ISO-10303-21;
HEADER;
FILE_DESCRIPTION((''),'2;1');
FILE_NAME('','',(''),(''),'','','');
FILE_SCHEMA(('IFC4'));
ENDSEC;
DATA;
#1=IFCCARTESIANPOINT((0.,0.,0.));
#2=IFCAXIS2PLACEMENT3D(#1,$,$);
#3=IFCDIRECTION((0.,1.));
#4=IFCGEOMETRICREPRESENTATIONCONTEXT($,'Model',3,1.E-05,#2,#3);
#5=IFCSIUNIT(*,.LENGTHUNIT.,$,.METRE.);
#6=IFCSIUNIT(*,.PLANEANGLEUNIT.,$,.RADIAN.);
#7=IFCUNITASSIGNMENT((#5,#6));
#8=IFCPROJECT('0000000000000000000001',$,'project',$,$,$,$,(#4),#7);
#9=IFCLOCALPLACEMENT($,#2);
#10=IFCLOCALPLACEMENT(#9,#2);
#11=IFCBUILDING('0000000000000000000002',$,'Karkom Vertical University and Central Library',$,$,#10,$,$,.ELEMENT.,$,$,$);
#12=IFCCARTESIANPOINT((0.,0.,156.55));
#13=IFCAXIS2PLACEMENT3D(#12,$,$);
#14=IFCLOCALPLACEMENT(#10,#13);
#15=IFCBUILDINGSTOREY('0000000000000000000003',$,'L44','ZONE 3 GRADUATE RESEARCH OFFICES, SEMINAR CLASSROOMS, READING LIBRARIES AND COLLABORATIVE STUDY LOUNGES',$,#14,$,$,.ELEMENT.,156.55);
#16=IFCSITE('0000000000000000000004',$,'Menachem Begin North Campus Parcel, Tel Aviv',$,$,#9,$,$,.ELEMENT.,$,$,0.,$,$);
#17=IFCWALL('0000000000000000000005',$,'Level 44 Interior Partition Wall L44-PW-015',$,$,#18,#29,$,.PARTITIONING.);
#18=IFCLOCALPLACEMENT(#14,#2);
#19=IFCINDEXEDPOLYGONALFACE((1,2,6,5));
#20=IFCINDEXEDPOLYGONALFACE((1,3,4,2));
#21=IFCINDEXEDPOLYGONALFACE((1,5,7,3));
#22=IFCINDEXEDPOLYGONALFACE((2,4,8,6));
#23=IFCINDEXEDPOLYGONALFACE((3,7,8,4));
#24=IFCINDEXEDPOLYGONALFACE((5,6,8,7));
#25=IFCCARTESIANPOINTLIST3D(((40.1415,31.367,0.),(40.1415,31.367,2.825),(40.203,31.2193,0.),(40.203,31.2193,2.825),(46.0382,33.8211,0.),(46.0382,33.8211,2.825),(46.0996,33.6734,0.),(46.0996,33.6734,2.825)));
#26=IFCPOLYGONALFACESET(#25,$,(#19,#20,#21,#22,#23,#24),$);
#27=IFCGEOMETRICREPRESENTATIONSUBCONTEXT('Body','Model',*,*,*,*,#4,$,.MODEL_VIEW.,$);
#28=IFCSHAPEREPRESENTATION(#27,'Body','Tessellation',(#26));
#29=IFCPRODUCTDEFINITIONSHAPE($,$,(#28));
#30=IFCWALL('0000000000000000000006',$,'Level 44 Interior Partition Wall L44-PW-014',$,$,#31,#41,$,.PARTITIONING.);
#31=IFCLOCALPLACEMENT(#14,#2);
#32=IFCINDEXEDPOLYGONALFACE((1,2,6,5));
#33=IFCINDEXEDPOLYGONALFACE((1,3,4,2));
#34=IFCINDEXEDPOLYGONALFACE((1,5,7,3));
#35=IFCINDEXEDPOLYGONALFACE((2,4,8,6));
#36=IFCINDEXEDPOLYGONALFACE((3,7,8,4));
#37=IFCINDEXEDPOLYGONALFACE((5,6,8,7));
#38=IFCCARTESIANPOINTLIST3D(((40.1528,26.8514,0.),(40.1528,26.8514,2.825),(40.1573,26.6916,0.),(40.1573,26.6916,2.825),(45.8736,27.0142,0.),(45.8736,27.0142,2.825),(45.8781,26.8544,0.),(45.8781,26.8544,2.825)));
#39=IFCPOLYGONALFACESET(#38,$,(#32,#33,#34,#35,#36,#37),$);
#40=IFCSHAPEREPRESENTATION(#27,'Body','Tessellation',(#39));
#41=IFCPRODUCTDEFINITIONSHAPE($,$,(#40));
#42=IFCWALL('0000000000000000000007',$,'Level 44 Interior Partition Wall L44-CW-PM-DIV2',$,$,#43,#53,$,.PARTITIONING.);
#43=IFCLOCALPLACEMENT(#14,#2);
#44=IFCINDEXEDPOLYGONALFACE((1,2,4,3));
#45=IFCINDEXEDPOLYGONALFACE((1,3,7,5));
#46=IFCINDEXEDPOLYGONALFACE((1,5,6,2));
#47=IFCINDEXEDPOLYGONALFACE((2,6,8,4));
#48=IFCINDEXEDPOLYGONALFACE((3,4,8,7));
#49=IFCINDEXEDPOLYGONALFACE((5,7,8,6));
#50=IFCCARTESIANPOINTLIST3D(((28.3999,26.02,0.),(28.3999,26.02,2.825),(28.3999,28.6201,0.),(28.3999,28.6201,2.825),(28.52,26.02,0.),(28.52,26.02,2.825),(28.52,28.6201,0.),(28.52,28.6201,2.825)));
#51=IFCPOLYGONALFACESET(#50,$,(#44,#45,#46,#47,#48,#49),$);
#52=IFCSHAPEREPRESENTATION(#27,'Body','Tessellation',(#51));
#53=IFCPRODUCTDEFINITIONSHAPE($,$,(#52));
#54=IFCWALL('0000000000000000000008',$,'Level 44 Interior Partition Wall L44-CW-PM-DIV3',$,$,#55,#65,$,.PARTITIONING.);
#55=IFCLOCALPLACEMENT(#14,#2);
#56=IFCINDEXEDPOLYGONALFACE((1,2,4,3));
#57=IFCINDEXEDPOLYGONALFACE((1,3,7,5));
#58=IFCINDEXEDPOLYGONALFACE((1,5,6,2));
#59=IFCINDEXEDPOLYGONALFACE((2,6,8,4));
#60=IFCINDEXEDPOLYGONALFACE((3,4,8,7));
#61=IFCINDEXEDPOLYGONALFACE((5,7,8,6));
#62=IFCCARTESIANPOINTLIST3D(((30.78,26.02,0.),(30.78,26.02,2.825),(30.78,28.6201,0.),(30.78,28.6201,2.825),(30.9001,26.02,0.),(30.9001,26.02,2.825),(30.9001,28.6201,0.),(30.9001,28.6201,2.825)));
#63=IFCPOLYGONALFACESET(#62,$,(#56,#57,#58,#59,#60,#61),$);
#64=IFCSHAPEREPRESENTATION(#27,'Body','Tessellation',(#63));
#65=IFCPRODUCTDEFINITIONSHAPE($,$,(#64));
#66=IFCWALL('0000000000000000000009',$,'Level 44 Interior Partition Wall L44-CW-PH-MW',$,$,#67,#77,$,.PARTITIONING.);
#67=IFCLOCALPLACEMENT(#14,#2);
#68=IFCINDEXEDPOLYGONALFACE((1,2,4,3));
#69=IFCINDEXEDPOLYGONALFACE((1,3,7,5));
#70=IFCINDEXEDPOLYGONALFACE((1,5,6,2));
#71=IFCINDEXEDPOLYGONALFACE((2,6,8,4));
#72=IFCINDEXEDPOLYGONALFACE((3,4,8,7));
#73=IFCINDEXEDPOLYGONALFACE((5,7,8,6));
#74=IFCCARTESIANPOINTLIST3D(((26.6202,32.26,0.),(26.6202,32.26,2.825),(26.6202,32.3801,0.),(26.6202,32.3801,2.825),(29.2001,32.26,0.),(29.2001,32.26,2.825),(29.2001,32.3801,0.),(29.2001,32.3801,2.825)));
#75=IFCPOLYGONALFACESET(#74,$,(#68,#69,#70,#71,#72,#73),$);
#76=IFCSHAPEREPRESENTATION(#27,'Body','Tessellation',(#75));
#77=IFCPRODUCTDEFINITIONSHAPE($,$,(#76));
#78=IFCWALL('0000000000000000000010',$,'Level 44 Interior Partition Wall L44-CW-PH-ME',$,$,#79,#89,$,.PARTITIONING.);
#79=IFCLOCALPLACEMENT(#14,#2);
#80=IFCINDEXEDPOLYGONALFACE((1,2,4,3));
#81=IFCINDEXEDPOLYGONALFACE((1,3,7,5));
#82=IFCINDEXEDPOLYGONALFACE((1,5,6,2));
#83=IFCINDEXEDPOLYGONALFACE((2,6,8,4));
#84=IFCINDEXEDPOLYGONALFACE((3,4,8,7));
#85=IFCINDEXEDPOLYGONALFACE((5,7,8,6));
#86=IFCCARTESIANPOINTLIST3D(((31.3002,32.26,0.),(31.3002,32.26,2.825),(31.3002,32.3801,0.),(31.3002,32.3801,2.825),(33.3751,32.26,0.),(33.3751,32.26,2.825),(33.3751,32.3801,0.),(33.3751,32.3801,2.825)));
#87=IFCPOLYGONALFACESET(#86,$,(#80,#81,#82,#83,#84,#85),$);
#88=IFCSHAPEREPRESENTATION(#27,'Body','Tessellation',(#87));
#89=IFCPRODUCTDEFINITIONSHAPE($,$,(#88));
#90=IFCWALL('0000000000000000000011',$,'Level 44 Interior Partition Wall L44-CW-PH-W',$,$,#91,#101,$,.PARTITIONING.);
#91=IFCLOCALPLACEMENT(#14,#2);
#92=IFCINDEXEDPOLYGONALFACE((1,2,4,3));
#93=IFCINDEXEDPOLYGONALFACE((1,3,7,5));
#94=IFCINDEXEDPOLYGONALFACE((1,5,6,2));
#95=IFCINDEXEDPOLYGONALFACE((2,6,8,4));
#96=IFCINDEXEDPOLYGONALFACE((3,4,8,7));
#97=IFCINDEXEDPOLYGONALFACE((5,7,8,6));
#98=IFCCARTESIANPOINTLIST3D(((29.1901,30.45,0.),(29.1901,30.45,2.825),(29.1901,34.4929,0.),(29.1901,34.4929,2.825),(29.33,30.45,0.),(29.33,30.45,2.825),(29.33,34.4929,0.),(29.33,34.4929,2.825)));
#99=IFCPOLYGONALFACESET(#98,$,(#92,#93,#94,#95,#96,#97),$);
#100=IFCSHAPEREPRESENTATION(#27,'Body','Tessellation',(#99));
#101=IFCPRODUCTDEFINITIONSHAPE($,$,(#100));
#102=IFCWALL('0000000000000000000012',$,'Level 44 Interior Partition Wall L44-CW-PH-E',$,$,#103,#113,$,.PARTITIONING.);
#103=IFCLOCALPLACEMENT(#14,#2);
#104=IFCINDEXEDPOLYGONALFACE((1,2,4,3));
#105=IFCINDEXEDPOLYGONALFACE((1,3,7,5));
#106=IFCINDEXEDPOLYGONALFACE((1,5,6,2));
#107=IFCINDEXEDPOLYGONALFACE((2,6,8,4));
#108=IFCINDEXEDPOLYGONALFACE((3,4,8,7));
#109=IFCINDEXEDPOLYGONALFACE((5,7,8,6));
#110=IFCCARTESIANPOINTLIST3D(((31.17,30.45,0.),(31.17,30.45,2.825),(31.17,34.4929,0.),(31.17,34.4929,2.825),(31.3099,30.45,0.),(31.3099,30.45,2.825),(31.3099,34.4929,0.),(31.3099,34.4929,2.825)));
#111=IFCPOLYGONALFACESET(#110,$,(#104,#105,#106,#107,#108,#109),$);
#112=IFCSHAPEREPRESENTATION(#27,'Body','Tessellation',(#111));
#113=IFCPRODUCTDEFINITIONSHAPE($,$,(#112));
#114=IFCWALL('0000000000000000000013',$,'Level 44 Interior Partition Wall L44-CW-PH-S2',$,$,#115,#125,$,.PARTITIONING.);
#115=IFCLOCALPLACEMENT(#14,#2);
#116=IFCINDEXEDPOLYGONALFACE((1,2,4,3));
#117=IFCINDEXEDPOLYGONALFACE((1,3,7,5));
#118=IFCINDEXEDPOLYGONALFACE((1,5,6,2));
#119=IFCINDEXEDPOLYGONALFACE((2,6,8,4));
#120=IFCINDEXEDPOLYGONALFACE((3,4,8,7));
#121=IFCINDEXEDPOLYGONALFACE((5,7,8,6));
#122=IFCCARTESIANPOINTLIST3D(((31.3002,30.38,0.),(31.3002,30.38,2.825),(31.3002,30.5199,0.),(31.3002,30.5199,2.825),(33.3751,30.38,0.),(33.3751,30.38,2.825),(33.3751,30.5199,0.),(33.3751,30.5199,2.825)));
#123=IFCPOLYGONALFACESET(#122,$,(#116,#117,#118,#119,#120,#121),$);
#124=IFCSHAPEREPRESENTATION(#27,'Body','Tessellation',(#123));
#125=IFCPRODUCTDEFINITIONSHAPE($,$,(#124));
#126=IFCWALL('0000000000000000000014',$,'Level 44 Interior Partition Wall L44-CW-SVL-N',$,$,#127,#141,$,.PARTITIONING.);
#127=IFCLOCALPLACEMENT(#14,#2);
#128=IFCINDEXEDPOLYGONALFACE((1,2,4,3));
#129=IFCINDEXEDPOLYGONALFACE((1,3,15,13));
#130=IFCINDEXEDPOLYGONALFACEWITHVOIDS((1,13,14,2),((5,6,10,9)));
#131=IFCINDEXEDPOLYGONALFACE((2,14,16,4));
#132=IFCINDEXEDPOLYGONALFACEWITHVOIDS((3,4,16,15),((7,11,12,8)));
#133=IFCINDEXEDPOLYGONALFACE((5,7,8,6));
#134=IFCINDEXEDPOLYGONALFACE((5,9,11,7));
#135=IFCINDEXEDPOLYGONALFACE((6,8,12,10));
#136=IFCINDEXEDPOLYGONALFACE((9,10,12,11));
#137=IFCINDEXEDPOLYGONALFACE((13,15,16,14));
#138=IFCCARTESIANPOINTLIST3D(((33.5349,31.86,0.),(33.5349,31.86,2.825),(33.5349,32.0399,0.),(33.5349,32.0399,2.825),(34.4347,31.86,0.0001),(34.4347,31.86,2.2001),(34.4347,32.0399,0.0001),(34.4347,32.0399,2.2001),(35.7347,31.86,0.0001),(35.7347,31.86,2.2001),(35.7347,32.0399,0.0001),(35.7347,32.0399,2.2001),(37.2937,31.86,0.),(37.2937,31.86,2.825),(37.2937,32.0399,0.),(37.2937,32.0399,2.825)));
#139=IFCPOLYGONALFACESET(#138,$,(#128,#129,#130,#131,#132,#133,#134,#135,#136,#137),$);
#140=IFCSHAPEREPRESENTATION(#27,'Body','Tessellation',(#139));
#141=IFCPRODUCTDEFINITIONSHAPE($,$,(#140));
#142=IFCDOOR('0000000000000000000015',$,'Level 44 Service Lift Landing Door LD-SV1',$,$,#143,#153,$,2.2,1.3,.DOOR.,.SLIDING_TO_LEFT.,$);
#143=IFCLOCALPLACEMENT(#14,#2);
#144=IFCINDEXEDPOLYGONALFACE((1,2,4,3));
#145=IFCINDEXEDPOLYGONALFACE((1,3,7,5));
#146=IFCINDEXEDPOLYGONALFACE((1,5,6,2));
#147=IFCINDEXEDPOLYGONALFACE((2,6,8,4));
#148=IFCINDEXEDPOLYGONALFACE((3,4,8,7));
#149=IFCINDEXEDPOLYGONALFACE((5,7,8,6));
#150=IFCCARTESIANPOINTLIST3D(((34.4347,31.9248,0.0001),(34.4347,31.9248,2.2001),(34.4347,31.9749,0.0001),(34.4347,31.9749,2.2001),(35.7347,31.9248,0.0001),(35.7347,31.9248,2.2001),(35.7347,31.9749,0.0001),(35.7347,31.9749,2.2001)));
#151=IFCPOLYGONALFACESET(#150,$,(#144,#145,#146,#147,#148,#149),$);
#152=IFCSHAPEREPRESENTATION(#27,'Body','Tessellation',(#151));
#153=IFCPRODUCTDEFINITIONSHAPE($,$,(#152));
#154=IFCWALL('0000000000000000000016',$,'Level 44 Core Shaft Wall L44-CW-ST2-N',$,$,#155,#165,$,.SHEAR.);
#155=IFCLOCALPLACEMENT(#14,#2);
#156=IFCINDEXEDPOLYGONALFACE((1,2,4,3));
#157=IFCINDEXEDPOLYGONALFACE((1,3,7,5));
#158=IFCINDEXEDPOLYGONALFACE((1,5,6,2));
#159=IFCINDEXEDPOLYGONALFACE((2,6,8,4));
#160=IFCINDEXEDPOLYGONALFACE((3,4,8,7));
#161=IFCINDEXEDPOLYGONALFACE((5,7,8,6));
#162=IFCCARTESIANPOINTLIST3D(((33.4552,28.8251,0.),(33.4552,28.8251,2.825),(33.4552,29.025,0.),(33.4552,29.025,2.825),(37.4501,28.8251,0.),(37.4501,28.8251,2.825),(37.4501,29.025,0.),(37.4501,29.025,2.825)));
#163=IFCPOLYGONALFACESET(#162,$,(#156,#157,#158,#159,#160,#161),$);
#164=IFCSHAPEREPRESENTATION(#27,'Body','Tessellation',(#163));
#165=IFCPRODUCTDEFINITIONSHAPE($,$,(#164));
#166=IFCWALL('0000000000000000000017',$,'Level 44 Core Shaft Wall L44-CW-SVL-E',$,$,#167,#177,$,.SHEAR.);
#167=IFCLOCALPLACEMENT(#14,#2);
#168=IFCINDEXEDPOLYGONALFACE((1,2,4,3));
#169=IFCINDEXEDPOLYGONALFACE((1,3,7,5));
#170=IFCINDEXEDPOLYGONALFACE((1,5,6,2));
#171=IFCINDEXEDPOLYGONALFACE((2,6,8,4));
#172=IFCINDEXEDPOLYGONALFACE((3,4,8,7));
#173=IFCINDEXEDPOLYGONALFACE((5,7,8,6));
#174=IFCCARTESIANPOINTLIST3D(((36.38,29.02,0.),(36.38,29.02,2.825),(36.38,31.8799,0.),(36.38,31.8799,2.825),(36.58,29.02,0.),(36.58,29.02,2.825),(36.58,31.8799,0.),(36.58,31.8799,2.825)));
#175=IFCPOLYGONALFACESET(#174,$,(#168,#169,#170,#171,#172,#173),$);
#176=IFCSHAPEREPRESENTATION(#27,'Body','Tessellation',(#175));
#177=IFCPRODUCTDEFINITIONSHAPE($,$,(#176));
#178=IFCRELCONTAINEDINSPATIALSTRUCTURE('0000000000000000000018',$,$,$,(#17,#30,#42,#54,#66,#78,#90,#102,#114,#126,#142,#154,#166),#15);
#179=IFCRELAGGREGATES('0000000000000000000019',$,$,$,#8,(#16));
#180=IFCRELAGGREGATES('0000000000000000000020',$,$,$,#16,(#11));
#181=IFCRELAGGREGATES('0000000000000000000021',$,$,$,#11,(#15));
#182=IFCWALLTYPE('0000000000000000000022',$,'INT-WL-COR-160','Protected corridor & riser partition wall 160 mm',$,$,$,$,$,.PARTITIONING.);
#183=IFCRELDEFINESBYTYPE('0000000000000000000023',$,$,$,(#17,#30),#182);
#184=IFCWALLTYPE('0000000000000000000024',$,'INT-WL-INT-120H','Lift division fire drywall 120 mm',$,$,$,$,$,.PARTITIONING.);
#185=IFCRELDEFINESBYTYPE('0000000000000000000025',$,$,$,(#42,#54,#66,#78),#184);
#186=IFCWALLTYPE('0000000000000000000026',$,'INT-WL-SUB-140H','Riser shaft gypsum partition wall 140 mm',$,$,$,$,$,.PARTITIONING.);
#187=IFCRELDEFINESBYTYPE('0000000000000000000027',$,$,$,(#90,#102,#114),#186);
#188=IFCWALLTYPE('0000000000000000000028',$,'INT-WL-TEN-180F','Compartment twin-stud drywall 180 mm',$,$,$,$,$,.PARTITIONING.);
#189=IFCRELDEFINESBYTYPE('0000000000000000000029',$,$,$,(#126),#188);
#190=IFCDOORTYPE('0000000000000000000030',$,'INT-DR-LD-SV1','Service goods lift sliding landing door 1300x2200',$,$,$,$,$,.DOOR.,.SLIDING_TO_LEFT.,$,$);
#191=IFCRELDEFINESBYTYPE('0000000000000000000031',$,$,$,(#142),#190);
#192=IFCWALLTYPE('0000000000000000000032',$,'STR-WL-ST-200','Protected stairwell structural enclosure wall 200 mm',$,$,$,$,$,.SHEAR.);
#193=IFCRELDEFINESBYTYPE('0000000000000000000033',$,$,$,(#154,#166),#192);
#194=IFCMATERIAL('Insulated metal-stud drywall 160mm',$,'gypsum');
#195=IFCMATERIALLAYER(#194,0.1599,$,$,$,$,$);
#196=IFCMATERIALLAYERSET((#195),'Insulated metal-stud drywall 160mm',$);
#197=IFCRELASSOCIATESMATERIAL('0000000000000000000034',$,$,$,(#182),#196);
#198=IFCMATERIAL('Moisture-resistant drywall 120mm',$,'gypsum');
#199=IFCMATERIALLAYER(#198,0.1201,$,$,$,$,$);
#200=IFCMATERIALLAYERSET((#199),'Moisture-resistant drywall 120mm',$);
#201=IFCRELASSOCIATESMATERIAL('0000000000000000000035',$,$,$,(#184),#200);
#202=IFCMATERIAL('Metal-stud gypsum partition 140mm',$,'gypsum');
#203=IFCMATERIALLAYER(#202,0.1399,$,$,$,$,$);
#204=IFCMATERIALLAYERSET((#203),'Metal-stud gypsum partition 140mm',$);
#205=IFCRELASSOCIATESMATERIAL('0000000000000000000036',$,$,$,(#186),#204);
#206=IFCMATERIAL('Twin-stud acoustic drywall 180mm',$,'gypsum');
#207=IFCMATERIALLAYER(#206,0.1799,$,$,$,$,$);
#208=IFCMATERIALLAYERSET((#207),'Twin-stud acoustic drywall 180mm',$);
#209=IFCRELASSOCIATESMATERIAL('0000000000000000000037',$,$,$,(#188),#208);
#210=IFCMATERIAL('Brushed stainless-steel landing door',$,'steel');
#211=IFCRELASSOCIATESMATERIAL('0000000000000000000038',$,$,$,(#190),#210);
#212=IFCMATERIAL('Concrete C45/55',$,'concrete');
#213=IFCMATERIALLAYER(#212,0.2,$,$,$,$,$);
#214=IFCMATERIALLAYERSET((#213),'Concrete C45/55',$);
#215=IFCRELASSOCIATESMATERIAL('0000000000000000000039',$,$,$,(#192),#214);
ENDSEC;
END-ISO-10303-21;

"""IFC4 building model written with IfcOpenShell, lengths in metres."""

from ifc_helpers import new_model, si_unit, direction, frame, frame_2d, origin, origin_with_axes, place, context, subcontext, project, spatial, rectangle, extrude, source, transform, mapped, material, layer, layer_set, type_object, element, fill, save


model = new_model("IFC4")

# Units and contexts
model_context = context("Model", 3, precision=1e-05, world=origin(), true_north=direction((0.0, 1.0)))
body_context = subcontext(model_context, "Body", "Model", "MODEL_VIEW")
ifc_project = project(units=[si_unit("LENGTHUNIT", "METRE"), si_unit("PLANEANGLEUNIT", "RADIAN")], contexts=[model_context])

# Site, building, storey
site_placement = place(None, origin())
site = spatial("IfcSite", under=ifc_project, at=site_placement, Name="Menachem Begin North Campus Parcel, Tel Aviv", CompositionType="ELEMENT", RefElevation=0.0)
building_placement = place(site_placement, origin())
building = spatial("IfcBuilding", under=site, at=building_placement, Name="Karkom Vertical University and Central Library", CompositionType="ELEMENT")
storey_placement = place(building_placement, frame((0.0, 0.0, 156.55)))
storey = spatial("IfcBuildingStorey", under=building, at=storey_placement, Name="L44", Description="ZONE 3 GRADUATE RESEARCH OFFICES, SEMINAR CLASSROOMS, READING LIBRARIES AND COLLABORATIVE STUDY LOUNGES", CompositionType="ELEMENT", Elevation=156.55)

# Walls
ifc_material_1 = material(Name="Insulated metal-stud drywall 160mm", Category="gypsum")
ifc_layer_1 = layer(ifc_material_1, 0.1599)
ifc_layer_set_1 = layer_set([ifc_layer_1], Name="Insulated metal-stud drywall 160mm")
wall_type_1 = type_object("IfcWallType", Name="INT-WL-COR-160", Description="Protected corridor & riser partition wall 160 mm", PredefinedType="PARTITIONING", material=ifc_layer_set_1)
wall_1_placement = place(storey_placement, frame((40.1724, 31.2932, 0.0), z_axis=(0.0, 0.0, 1.0), x_axis=(0.923236, 0.384233, 0.0)))
element("IfcWall", 1, at=wall_1_placement, inside=storey, type_object=wall_type_1, Name="Level 44 Interior Partition Wall L44-PW-015", PredefinedType="PARTITIONING", context=body_context, shape_type="SweptSolid", body=[
    extrude(rectangle(XDim=6.387, YDim=0.1599, at=frame_2d((3.1934, 0.0))), origin(), (0.0, 0.0, 1.0), 2.825),
])
wall_2_placement = place(storey_placement, frame((40.155, 26.7715, 0.0), z_axis=(0.0, 0.0, 1.0), x_axis=(0.999595, 0.028453, 0.0)))
element("IfcWall", 2, at=wall_2_placement, inside=storey, type_object=wall_type_1, Name="Level 44 Interior Partition Wall L44-PW-014", PredefinedType="PARTITIONING", context=body_context, shape_type="SweptSolid", body=[
    extrude(rectangle(XDim=5.7231, YDim=0.1599, at=frame_2d((2.8616, 0.0))), origin(), (0.0, 0.0, 1.0), 2.825),
])
ifc_material_2 = material(Name="Moisture-resistant drywall 120mm", Category="gypsum")
ifc_layer_2 = layer(ifc_material_2, 0.1201)
ifc_layer_set_2 = layer_set([ifc_layer_2], Name="Moisture-resistant drywall 120mm")
wall_type_2 = type_object("IfcWallType", Name="INT-WL-INT-120H", Description="Lift division fire drywall 120 mm", PredefinedType="PARTITIONING", material=ifc_layer_set_2)
for number, where, z_axis, x_axis, name in (
    (3, (28.46, 26.02, 0.0), (0.0, 0.0, 1.0), (0.0, 1.0, 0.0), "Level 44 Interior Partition Wall L44-CW-PM-DIV2"),
    (4, (30.8401, 26.02, 0.0), (0.0, 0.0, 1.0), (0.0, 1.0, 0.0), "Level 44 Interior Partition Wall L44-CW-PM-DIV3"),
):
    element("IfcWall", number, at=place(storey_placement, frame(where, z_axis=z_axis, x_axis=x_axis)), inside=storey, type_object=wall_type_2, Name=name, PredefinedType="PARTITIONING", context=body_context, shape_type="SweptSolid", body=[
        extrude(rectangle(XDim=2.6001, YDim=0.1201, at=frame_2d((1.3, 0.0))), origin(), (0.0, 0.0, 1.0), 2.825),
    ])
wall_3_placement = place(storey_placement, frame((26.6201, 32.3201, 0.0), z_axis=(0.0, 0.0, 1.0), x_axis=(1.0, 0.0, 0.0)))
element("IfcWall", 5, at=wall_3_placement, inside=storey, type_object=wall_type_2, Name="Level 44 Interior Partition Wall L44-CW-PH-MW", PredefinedType="PARTITIONING", context=body_context, shape_type="SweptSolid", body=[
    extrude(rectangle(XDim=2.5798, YDim=0.1201, at=frame_2d((1.29, 0.0))), origin(), (0.0, 0.0, 1.0), 2.825),
])
wall_4_placement = place(storey_placement, frame((31.3, 32.3201, 0.0), z_axis=(0.0, 0.0, 1.0), x_axis=(1.0, 0.0, 0.0)))
element("IfcWall", 6, at=wall_4_placement, inside=storey, type_object=wall_type_2, Name="Level 44 Interior Partition Wall L44-CW-PH-ME", PredefinedType="PARTITIONING", context=body_context, shape_type="SweptSolid", body=[
    extrude(rectangle(XDim=2.075, YDim=0.1201, at=frame_2d((1.0376, 0.0))), origin(), (0.0, 0.0, 1.0), 2.825),
])
ifc_material_3 = material(Name="Metal-stud gypsum partition 140mm", Category="gypsum")
ifc_layer_3 = layer(ifc_material_3, 0.1399)
ifc_layer_set_3 = layer_set([ifc_layer_3], Name="Metal-stud gypsum partition 140mm")
wall_type_3 = type_object("IfcWallType", Name="INT-WL-SUB-140H", Description="Riser shaft gypsum partition wall 140 mm", PredefinedType="PARTITIONING", material=ifc_layer_set_3)
for number, where, z_axis, x_axis, name in (
    (7, (29.26, 30.45, 0.0), (0.0, 0.0, 1.0), (0.0, 1.0, 0.0), "Level 44 Interior Partition Wall L44-CW-PH-W"),
    (8, (31.24, 30.45, 0.0), (0.0, 0.0, 1.0), (0.0, 1.0, 0.0), "Level 44 Interior Partition Wall L44-CW-PH-E"),
):
    element("IfcWall", number, at=place(storey_placement, frame(where, z_axis=z_axis, x_axis=x_axis)), inside=storey, type_object=wall_type_3, Name=name, PredefinedType="PARTITIONING", context=body_context, shape_type="SweptSolid", body=[
        extrude(rectangle(XDim=4.043, YDim=0.1399, at=frame_2d((2.0215, 0.0))), origin(), (0.0, 0.0, 1.0), 2.825),
    ])
wall_5_placement = place(storey_placement, frame((31.3, 30.45, 0.0), z_axis=(0.0, 0.0, 1.0), x_axis=(1.0, 0.0, 0.0)))
element("IfcWall", 9, at=wall_5_placement, inside=storey, type_object=wall_type_3, Name="Level 44 Interior Partition Wall L44-CW-PH-S2", PredefinedType="PARTITIONING", context=body_context, shape_type="SweptSolid", body=[
    extrude(rectangle(XDim=2.075, YDim=0.1399, at=frame_2d((1.0376, 0.0))), origin(), (0.0, 0.0, 1.0), 2.825),
])

# Wall, opening, door
ifc_material_4 = material(Name="Twin-stud acoustic drywall 180mm", Category="gypsum")
ifc_layer_4 = layer(ifc_material_4, 0.1799)
ifc_layer_set_4 = layer_set([ifc_layer_4], Name="Twin-stud acoustic drywall 180mm")
wall_type_4 = type_object("IfcWallType", Name="INT-WL-TEN-180F", Description="Compartment twin-stud drywall 180 mm", PredefinedType="PARTITIONING", material=ifc_layer_set_4)
wall_6_placement = place(storey_placement, frame((33.5349, 31.95, 0.0), z_axis=(0.0, 0.0, 1.0), x_axis=(1.0, 0.0, 0.0)))
wall_6 = element("IfcWall", 10, at=wall_6_placement, inside=storey, type_object=wall_type_4, Name="Level 44 Interior Partition Wall L44-CW-SVL-N", PredefinedType="PARTITIONING", context=body_context, shape_type="SweptSolid", body=[
    extrude(rectangle(XDim=3.7588, YDim=0.1799, at=frame_2d((1.8794, 0.0))), origin(), (0.0, 0.0, 1.0), 2.825),
])
opening_1_placement = place(wall_6_placement, frame((0.8999, 0.0, 0.0)))
opening_1 = element("IfcOpeningElement", 11, at=opening_1_placement, cuts=wall_6, PredefinedType="OPENING", context=body_context, shape_type="SweptSolid", body=[
    extrude(rectangle(XDim=1.3, YDim=2.2, at=frame_2d((0.6499, 1.1001))), frame((0.0, 0.1001, 0.0), z_axis=(0.0, -1.0, 0.0), x_axis=(1.0, 0.0, 0.0)), (0.0, 0.0, 1.0), 0.2),
])
ifc_material_5 = material(Name="Brushed stainless-steel landing door", Category="steel")
door_type_1 = type_object("IfcDoorType", Name="INT-DR-LD-SV1", Description="Service goods lift sliding landing door 1300x2200", OperationType="SLIDING_TO_LEFT", PredefinedType="DOOR", material=ifc_material_5)
shared_shape_1 = source(origin_with_axes(), body_context, "Body", "SweptSolid", [
    extrude(rectangle(XDim=1.3, YDim=2.2, at=frame_2d((0.6499, 1.1001))), frame((0.0, 0.0249, 0.0), z_axis=(0.0, -1.0, 0.0), x_axis=(1.0, 0.0, 0.0)), (0.0, 0.0, 1.0), 0.05),
])
door_1_placement = place(opening_1_placement, origin())
door_1 = element("IfcDoor", 12, at=door_1_placement, inside=storey, type_object=door_type_1, Name="Level 44 Service Lift Landing Door LD-SV1", OperationType="SLIDING_TO_LEFT", OverallHeight=2.2, OverallWidth=1.3, PredefinedType="DOOR", context=body_context, shape_type="MappedRepresentation", body=[
    mapped(shared_shape_1, transform((0.0, 0.0, 0.0), scale=1.0)),
])
fill(opening_1, door_1)

# Walls
ifc_material_6 = material(Name="Concrete C45/55", Category="concrete")
ifc_layer_5 = layer(ifc_material_6, 0.2)
ifc_layer_set_5 = layer_set([ifc_layer_5], Name="Concrete C45/55")
wall_type_5 = type_object("IfcWallType", Name="STR-WL-ST-200", Description="Protected stairwell structural enclosure wall 200 mm", PredefinedType="SHEAR", material=ifc_layer_set_5)
wall_7_placement = place(storey_placement, frame((33.4551, 28.925, 0.0), z_axis=(0.0, 0.0, 1.0), x_axis=(1.0, 0.0, 0.0)))
element("IfcWall", 13, at=wall_7_placement, inside=storey, type_object=wall_type_5, Name="Level 44 Core Shaft Wall L44-CW-ST2-N", PredefinedType="SHEAR", context=body_context, shape_type="SweptSolid", body=[
    extrude(rectangle(XDim=3.9949, YDim=0.2, at=frame_2d((1.9976, 0.0))), origin(), (0.0, 0.0, 1.0), 2.825),
])
wall_8_placement = place(storey_placement, frame((36.48, 29.02, 0.0), z_axis=(0.0, 0.0, 1.0), x_axis=(0.0, 1.0, 0.0)))
element("IfcWall", 14, at=wall_8_placement, inside=storey, type_object=wall_type_5, Name="Level 44 Core Shaft Wall L44-CW-SVL-E", PredefinedType="SHEAR", context=body_context, shape_type="SweptSolid", body=[
    extrude(rectangle(XDim=2.8599, YDim=0.2, at=frame_2d((1.4299, 0.0))), origin(), (0.0, 0.0, 1.0), 2.825),
])

save(model, "model.ifc")
